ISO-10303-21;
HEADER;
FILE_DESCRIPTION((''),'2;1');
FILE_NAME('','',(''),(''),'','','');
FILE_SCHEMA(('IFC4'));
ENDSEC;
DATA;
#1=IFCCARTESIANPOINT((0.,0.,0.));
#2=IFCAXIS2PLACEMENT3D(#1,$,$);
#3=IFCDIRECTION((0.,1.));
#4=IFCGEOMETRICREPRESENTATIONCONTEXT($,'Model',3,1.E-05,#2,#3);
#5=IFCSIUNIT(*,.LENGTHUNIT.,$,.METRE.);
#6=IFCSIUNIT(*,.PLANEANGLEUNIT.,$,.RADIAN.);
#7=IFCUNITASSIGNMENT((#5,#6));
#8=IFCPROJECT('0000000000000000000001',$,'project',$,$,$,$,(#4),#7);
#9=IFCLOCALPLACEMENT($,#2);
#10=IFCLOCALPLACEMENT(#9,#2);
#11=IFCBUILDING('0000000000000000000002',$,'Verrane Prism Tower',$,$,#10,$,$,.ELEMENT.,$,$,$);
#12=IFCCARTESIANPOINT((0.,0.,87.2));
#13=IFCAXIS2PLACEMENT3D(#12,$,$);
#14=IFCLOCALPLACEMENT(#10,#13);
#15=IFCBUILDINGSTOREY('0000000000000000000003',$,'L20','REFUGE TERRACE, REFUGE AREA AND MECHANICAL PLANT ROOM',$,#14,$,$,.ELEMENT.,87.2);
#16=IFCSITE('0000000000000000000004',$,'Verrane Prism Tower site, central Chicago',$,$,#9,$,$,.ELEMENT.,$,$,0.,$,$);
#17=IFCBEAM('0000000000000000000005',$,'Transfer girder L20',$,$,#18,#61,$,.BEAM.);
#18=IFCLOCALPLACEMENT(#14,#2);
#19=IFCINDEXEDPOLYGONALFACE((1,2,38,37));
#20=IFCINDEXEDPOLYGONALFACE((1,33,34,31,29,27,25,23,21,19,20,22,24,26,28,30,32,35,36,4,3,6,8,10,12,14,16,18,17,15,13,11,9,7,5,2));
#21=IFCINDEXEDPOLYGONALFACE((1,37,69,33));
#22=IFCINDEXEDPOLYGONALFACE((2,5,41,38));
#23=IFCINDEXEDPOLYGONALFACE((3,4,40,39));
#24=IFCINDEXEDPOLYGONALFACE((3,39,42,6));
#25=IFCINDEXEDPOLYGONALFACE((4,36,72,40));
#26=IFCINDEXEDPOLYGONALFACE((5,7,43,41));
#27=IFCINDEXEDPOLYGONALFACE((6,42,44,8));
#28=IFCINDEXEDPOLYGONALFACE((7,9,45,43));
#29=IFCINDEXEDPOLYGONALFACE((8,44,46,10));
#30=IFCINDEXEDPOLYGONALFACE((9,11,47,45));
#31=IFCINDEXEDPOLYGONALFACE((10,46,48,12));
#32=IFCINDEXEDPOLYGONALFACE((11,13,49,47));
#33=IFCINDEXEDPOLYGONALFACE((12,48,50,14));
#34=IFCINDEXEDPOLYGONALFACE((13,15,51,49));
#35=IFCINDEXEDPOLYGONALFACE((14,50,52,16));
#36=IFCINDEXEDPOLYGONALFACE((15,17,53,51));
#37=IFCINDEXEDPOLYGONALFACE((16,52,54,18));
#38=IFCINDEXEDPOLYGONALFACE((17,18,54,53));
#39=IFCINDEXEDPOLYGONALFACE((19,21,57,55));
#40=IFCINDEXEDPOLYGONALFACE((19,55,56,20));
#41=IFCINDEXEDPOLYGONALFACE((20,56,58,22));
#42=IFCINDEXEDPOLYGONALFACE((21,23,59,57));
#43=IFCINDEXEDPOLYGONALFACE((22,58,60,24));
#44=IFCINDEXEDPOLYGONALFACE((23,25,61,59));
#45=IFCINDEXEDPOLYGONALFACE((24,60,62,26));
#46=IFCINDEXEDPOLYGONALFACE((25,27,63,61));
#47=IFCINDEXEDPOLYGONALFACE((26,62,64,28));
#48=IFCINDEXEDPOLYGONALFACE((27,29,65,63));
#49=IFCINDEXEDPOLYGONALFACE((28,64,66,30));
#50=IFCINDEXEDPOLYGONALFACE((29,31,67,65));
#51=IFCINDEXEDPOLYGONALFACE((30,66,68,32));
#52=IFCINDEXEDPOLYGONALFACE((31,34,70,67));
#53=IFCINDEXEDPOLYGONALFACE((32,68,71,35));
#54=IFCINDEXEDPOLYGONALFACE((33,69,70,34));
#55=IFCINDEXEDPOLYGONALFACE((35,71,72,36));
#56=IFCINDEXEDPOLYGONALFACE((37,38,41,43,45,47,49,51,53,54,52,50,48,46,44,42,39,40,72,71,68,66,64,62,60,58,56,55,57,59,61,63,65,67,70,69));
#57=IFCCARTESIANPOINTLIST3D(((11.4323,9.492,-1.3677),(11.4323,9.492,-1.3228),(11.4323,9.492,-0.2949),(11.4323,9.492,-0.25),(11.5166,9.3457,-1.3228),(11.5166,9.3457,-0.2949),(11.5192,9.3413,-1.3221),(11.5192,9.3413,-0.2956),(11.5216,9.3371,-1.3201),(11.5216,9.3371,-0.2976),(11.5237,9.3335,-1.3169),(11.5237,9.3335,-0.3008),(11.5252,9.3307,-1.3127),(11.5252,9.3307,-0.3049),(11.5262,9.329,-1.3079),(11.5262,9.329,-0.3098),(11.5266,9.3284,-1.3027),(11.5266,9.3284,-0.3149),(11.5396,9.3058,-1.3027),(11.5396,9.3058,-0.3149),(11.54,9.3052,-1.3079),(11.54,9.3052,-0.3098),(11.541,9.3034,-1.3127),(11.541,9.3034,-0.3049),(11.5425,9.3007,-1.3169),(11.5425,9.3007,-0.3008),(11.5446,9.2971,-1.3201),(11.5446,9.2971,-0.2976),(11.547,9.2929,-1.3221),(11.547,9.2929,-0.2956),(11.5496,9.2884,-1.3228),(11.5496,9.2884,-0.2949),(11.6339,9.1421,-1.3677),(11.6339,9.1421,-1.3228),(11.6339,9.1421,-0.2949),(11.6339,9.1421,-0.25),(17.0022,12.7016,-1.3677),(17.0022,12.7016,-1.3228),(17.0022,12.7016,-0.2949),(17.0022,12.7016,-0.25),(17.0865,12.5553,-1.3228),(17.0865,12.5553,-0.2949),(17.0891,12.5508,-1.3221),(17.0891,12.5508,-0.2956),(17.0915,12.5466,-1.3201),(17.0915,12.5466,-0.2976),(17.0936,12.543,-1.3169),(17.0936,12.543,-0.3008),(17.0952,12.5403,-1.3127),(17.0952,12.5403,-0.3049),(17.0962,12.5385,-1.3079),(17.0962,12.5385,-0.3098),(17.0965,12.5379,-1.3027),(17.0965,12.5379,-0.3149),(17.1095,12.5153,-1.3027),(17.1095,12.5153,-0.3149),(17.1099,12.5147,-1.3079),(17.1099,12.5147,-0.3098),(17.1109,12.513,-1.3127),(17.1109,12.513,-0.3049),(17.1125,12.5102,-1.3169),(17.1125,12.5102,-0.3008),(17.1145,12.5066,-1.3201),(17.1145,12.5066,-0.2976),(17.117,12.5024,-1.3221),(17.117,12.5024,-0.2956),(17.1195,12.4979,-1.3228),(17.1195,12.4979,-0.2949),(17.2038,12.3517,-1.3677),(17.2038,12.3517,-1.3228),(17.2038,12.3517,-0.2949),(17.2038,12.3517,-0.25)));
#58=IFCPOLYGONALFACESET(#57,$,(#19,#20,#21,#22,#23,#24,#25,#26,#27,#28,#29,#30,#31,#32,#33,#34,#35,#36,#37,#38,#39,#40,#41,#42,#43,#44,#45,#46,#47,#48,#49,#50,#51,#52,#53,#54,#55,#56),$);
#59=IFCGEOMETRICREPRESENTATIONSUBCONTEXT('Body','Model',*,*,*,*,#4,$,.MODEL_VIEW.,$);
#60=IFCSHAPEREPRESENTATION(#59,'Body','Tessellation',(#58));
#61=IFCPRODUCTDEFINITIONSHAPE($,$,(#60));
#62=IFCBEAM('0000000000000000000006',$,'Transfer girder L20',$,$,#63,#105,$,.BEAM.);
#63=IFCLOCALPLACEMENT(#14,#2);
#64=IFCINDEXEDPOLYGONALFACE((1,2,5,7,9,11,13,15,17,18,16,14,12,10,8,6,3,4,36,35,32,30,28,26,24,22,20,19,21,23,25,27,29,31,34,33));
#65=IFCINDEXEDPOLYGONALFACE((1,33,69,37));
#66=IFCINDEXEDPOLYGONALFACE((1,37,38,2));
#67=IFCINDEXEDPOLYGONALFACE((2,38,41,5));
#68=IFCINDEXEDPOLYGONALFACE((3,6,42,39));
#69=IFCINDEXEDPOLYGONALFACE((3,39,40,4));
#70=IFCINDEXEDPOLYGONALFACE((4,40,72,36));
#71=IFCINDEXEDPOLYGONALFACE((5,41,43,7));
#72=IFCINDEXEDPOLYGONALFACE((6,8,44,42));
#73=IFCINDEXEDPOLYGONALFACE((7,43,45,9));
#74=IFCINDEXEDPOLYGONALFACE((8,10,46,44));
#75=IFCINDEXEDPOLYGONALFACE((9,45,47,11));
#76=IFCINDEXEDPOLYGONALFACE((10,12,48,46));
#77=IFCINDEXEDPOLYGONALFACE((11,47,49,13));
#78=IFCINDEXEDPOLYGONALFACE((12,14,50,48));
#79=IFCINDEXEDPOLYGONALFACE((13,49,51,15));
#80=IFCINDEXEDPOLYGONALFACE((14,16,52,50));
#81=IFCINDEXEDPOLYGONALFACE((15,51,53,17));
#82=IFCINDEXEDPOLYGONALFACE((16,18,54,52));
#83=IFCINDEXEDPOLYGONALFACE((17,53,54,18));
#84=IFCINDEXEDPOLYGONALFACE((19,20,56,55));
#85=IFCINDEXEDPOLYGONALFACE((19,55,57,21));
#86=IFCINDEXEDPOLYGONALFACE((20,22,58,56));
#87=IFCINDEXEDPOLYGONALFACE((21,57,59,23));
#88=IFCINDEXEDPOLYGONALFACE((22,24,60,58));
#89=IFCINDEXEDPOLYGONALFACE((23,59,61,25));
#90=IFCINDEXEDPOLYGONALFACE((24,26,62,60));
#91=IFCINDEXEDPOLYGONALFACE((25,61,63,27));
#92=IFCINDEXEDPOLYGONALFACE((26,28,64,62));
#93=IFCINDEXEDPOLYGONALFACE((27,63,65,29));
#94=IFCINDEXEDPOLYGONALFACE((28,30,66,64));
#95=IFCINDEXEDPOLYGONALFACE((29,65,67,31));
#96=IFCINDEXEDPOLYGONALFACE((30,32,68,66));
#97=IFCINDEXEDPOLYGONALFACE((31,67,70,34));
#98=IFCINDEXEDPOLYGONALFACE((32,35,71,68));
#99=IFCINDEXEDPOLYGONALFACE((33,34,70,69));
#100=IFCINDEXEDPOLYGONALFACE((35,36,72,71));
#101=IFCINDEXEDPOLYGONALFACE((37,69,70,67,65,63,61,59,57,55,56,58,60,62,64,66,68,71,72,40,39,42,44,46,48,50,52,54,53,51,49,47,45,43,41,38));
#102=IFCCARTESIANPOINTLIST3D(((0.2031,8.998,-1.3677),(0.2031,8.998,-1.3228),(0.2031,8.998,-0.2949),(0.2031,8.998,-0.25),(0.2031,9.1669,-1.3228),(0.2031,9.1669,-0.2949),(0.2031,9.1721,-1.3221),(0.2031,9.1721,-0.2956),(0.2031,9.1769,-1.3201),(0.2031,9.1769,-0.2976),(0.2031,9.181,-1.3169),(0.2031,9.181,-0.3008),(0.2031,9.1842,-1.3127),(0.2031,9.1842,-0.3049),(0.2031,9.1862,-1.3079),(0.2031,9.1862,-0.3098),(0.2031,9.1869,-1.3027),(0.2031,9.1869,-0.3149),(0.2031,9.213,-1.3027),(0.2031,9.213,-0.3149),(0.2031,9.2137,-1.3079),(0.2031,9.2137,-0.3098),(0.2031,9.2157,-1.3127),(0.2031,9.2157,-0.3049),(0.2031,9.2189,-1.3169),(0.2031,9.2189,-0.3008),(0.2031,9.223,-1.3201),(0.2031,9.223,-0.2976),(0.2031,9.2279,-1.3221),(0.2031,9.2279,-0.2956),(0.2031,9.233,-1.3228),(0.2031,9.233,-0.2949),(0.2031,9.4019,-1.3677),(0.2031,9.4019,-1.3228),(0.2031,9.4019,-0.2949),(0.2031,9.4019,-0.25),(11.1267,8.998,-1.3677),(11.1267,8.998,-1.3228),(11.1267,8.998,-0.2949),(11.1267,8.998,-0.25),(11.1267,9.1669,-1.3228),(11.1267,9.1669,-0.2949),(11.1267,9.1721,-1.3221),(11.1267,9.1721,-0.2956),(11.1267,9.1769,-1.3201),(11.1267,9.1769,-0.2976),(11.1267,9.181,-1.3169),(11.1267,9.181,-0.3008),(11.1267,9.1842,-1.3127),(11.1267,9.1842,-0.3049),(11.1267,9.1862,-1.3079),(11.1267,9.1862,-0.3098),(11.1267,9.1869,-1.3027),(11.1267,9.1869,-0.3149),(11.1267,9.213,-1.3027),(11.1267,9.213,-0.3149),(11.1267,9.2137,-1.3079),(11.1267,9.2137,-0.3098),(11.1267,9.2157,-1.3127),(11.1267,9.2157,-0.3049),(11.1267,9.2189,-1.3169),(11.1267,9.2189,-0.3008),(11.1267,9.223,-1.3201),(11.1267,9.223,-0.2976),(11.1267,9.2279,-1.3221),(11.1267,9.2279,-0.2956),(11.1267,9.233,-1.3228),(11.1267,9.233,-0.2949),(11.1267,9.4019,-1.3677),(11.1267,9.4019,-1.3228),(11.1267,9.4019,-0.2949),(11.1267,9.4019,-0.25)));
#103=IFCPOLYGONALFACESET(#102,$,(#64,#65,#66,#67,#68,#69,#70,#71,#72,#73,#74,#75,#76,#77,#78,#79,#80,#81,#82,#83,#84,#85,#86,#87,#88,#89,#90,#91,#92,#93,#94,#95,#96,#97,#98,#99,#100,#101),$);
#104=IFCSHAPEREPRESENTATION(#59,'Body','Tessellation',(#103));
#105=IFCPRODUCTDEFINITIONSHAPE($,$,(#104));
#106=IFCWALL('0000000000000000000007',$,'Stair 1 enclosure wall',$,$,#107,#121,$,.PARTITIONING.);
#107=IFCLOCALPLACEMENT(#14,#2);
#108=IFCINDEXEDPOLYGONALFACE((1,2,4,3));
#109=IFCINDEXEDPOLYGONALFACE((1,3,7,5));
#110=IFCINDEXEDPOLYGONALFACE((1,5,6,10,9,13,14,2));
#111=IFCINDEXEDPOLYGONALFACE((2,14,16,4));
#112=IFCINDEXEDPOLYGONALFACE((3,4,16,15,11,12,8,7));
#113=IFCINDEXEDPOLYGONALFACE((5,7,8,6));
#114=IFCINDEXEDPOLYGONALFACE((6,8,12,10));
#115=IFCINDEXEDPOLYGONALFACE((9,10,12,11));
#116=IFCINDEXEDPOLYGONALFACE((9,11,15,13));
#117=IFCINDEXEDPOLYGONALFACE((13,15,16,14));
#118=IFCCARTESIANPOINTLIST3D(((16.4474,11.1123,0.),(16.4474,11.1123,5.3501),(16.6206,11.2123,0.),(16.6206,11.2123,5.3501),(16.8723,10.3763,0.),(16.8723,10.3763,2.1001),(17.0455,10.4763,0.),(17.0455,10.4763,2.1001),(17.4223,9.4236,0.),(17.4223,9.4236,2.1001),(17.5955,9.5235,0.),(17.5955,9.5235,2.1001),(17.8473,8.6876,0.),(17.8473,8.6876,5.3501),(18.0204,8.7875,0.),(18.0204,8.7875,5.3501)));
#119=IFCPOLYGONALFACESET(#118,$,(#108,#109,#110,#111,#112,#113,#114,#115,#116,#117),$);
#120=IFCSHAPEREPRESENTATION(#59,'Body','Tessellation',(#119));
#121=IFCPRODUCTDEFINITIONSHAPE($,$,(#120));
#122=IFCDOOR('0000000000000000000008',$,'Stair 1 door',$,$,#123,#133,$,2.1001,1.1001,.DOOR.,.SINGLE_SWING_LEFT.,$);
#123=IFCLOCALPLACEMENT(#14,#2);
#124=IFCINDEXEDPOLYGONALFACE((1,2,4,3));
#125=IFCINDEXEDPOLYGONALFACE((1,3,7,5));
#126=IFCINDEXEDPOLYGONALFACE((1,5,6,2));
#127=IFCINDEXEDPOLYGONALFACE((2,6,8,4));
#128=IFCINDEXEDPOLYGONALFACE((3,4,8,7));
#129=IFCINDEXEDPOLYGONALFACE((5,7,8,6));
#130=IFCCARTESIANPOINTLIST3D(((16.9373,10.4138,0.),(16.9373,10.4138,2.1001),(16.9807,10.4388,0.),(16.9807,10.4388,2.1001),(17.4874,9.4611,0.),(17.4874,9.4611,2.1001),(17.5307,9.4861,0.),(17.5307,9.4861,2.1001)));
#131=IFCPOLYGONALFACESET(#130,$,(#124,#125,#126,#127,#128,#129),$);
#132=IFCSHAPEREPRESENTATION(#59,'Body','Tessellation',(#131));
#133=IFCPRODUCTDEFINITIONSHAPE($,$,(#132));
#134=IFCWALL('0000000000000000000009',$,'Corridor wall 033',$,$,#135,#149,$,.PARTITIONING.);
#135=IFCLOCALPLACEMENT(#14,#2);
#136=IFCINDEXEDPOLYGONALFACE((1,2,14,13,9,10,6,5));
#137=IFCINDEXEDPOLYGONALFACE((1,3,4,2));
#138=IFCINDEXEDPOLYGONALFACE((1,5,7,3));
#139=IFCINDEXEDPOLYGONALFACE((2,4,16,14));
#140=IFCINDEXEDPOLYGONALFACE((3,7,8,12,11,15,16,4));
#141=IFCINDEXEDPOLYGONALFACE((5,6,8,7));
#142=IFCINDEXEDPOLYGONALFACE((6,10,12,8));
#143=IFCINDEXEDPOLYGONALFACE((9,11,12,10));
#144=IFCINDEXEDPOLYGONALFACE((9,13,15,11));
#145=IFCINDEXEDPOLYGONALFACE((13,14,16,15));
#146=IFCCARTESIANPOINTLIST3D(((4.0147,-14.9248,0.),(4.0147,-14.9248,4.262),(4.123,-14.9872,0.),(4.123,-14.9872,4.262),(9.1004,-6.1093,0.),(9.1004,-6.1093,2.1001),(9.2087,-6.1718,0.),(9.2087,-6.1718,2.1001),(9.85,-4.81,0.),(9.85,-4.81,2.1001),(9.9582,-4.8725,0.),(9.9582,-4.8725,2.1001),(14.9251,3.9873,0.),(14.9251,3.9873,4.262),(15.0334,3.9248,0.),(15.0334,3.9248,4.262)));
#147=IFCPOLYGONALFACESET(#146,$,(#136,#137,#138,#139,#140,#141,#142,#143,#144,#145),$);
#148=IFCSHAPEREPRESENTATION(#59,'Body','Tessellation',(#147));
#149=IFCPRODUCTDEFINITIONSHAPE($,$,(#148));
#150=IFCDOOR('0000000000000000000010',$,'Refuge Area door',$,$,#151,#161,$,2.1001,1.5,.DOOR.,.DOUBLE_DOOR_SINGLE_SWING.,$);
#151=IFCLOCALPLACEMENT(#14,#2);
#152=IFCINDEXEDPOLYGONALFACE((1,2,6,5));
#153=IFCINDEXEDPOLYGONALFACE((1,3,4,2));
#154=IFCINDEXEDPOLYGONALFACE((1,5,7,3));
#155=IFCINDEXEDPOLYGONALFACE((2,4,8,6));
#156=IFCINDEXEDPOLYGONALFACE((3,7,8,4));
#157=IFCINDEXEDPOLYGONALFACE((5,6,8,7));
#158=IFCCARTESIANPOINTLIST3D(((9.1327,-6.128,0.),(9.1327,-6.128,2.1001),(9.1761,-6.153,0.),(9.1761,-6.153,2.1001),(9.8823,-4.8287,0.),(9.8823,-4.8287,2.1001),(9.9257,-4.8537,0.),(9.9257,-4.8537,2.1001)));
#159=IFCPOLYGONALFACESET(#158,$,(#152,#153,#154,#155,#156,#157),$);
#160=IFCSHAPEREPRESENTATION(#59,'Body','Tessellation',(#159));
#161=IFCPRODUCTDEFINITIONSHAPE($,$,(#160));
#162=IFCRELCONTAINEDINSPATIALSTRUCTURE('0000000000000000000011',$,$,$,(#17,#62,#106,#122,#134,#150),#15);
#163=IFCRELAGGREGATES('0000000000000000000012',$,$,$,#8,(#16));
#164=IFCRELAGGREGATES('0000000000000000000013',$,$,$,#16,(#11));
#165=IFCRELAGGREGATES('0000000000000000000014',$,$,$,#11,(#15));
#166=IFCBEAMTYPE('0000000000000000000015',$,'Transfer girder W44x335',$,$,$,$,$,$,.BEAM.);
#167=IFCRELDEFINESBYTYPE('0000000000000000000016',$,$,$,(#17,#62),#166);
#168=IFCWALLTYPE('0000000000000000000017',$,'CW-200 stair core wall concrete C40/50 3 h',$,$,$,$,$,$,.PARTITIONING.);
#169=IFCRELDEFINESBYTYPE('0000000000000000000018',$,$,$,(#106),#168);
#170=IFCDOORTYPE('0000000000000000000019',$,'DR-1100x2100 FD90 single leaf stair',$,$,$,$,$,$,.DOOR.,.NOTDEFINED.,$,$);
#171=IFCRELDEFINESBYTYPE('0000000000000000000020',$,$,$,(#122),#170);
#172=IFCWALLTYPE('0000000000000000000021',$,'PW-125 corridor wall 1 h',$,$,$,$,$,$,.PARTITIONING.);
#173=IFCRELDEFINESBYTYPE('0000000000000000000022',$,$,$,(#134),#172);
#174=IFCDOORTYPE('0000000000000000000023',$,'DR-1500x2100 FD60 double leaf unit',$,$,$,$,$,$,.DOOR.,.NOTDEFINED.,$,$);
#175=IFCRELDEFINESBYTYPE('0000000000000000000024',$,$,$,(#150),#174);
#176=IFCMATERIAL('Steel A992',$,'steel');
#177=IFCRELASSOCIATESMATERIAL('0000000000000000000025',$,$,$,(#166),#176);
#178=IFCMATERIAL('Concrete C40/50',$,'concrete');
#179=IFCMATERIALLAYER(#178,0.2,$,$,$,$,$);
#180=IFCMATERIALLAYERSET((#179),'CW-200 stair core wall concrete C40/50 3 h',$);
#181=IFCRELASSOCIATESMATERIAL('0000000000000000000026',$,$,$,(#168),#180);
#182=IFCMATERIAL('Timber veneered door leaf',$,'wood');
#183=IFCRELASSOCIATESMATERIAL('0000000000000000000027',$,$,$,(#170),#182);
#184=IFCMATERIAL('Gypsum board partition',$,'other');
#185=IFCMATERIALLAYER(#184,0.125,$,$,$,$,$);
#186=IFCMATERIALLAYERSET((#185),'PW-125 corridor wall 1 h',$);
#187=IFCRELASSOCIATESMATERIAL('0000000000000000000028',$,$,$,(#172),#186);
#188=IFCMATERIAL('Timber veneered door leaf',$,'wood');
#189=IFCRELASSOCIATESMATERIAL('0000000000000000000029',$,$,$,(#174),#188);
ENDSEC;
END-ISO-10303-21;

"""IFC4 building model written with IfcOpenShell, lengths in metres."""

from ifc_helpers import new_model, si_unit, direction, frame, frame_2d, origin, origin_2d, place, context, subcontext, project, spatial, rectangle, i_section, extrude, material, layer, layer_set, material_profile, profile_set, type_object, element, fill, save


model = new_model("IFC4")

# Units and contexts
model_context = context("Model", 3, precision=1e-05, world=origin(), true_north=direction((0.0, 1.0)))
body_context = subcontext(model_context, "Body", "Model", "MODEL_VIEW")
ifc_project = project(units=[si_unit("LENGTHUNIT", "METRE"), si_unit("PLANEANGLEUNIT", "RADIAN")], contexts=[model_context])

# Site, building, storey
site_placement = place(None, origin())
site = spatial("IfcSite", under=ifc_project, at=site_placement, Name="Verrane Prism Tower site, central Chicago", CompositionType="ELEMENT", RefElevation=0.0)
building_placement = place(site_placement, origin())
building = spatial("IfcBuilding", under=site, at=building_placement, Name="Verrane Prism Tower", CompositionType="ELEMENT")
storey_placement = place(building_placement, frame((0.0, 0.0, 87.2)))
storey = spatial("IfcBuildingStorey", under=building, at=storey_placement, Name="L20", Description="REFUGE TERRACE, REFUGE AREA AND MECHANICAL PLANT ROOM", CompositionType="ELEMENT", Elevation=87.2)

# Beams
ifc_material_1 = material(Name="Steel A992", Category="steel")
ifc_material_profile_1 = material_profile(ifc_material_1, i_section(OverallWidth=0.4038, OverallDepth=1.1177, WebThickness=0.0261, FlangeThickness=0.0449, FilletRadius=0.02, at=origin_2d()), Name="W44x335")
ifc_profile_set_1 = profile_set([ifc_material_profile_1], Name="Steel A992")
beam_type_1 = type_object("IfcBeamType", Name="Transfer girder W44x335", PredefinedType="BEAM", material=ifc_profile_set_1)
beam_1_placement = place(storey_placement, frame((17.103, 12.5266, -0.8088), z_axis=(-0.866447, -0.499269, 0.0), x_axis=(0.499269, -0.866447, 0.0)))
element("IfcBeam", 1, at=beam_1_placement, inside=storey, type_object=beam_type_1, Name="Transfer girder L20", PredefinedType="BEAM", context=body_context, shape_type="SweptSolid", body=[
    extrude(i_section(OverallWidth=0.4038, OverallDepth=1.1177, WebThickness=0.0261, FlangeThickness=0.0449, FilletRadius=0.02, at=origin_2d()), origin(), (0.0, 0.0, 1.0), 6.4285),
])
beam_2_placement = place(storey_placement, frame((11.1267, 9.2, -0.8088), z_axis=(-1.0, 0.0, 0.0), x_axis=(0.0, -1.0, 0.0)))
element("IfcBeam", 2, at=beam_2_placement, inside=storey, type_object=beam_type_1, Name="Transfer girder L20", PredefinedType="BEAM", context=body_context, shape_type="SweptSolid", body=[
    extrude(i_section(OverallWidth=0.4038, OverallDepth=1.1177, WebThickness=0.0261, FlangeThickness=0.0449, FilletRadius=0.02, at=origin_2d()), origin(), (0.0, 0.0, 1.0), 10.9236),
])

# Walls, openings, doors
ifc_material_2 = material(Name="Concrete C40/50", Category="concrete")
ifc_layer_1 = layer(ifc_material_2, 0.2)
ifc_layer_set_1 = layer_set([ifc_layer_1], Name="CW-200 stair core wall concrete C40/50 3 h")
wall_type_1 = type_object("IfcWallType", Name="CW-200 stair core wall concrete C40/50 3 h", PredefinedType="PARTITIONING", material=ifc_layer_set_1)
wall_1_placement = place(storey_placement, frame((17.9338, 8.7375, 0.0), z_axis=(0.0, 0.0, 1.0), x_axis=(-0.499984, 0.866035, 0.0)))
wall_1 = element("IfcWall", 3, at=wall_1_placement, inside=storey, type_object=wall_type_1, Name="Stair 1 enclosure wall", PredefinedType="PARTITIONING", context=body_context, shape_type="SweptSolid", body=[
    extrude(rectangle(XDim=2.7998, YDim=0.2, at=frame_2d((1.3999, 0.0))), origin(), (0.0, 0.0, 1.0), 5.3501),
])
opening_1_placement = place(wall_1_placement, frame((0.8499, 0.0, 0.0)))
opening_1 = element("IfcOpeningElement", 4, at=opening_1_placement, cuts=wall_1, PredefinedType="OPENING", context=body_context, shape_type="SweptSolid", body=[
    extrude(rectangle(XDim=1.1001, YDim=2.1001, at=frame_2d((0.55, 1.05))), frame((0.0, 0.1099, 0.0), z_axis=(0.0, -1.0, 0.0), x_axis=(1.0, 0.0, 0.0)), (0.0, 0.0, 1.0), 0.22),
])
ifc_material_3 = material(Name="Timber veneered door leaf", Category="wood")
door_type_1 = type_object("IfcDoorType", Name="DR-1100x2100 FD90 single leaf stair", OperationType="NOTDEFINED", PredefinedType="DOOR", material=ifc_material_3)
door_1_placement = place(opening_1_placement, origin())
door_1 = element("IfcDoor", 5, at=door_1_placement, inside=storey, type_object=door_type_1, Name="Stair 1 door", OperationType="SINGLE_SWING_LEFT", OverallHeight=2.1001, OverallWidth=1.1001, PredefinedType="DOOR", context=body_context, shape_type="SweptSolid", body=[
    extrude(rectangle(XDim=1.1001, YDim=2.1001, at=frame_2d((0.55, 1.05))), frame((0.0, 0.0249, 0.0), z_axis=(0.0, -1.0, 0.0), x_axis=(1.0, 0.0, 0.0)), (0.0, 0.0, 1.0), 0.05),
])
fill(opening_1, door_1)
ifc_material_4 = material(Name="Gypsum board partition", Category="other")
ifc_layer_2 = layer(ifc_material_4, 0.125)
ifc_layer_set_2 = layer_set([ifc_layer_2], Name="PW-125 corridor wall 1 h")
wall_type_2 = type_object("IfcWallType", Name="PW-125 corridor wall 1 h", PredefinedType="PARTITIONING", material=ifc_layer_set_2)
wall_2_placement = place(storey_placement, frame((14.9792, 3.9561, 0.0), z_axis=(0.0, 0.0, 1.0), x_axis=(-0.499708, -0.866194, 0.0)))
wall_2 = element("IfcWall", 6, at=wall_2_placement, inside=storey, type_object=wall_type_2, Name="Corridor wall 033", PredefinedType="PARTITIONING", context=body_context, shape_type="SweptSolid", body=[
    extrude(rectangle(XDim=21.8335, YDim=0.125, at=frame_2d((10.9167, 0.0))), origin(), (0.0, 0.0, 1.0), 4.262),
])
opening_2_placement = place(wall_2_placement, frame((10.1562, 0.0, 0.0)))
opening_2 = element("IfcOpeningElement", 7, at=opening_2_placement, cuts=wall_2, PredefinedType="OPENING", context=body_context, shape_type="SweptSolid", body=[
    extrude(rectangle(XDim=1.5, YDim=2.1001, at=frame_2d((0.75, 1.05))), frame((0.0, 0.0725, 0.0), z_axis=(0.0, -1.0, 0.0), x_axis=(1.0, 0.0, 0.0)), (0.0, 0.0, 1.0), 0.145),
])
ifc_material_5 = material(Name="Timber veneered door leaf", Category="wood")
door_type_2 = type_object("IfcDoorType", Name="DR-1500x2100 FD60 double leaf unit", OperationType="NOTDEFINED", PredefinedType="DOOR", material=ifc_material_5)
door_2_placement = place(opening_2_placement, origin())
door_2 = element("IfcDoor", 8, at=door_2_placement, inside=storey, type_object=door_type_2, Name="Refuge Area door", OperationType="DOUBLE_DOOR_SINGLE_SWING", OverallHeight=2.1001, OverallWidth=1.5, PredefinedType="DOOR", context=body_context, shape_type="SweptSolid", body=[
    extrude(rectangle(XDim=1.5, YDim=2.1001, at=frame_2d((0.75, 1.05))), frame((0.0, 0.0249, 0.0), z_axis=(0.0, -1.0, 0.0), x_axis=(1.0, 0.0, 0.0)), (0.0, 0.0, 1.0), 0.05),
])
fill(opening_2, door_2)

save(model, "model.ifc")
